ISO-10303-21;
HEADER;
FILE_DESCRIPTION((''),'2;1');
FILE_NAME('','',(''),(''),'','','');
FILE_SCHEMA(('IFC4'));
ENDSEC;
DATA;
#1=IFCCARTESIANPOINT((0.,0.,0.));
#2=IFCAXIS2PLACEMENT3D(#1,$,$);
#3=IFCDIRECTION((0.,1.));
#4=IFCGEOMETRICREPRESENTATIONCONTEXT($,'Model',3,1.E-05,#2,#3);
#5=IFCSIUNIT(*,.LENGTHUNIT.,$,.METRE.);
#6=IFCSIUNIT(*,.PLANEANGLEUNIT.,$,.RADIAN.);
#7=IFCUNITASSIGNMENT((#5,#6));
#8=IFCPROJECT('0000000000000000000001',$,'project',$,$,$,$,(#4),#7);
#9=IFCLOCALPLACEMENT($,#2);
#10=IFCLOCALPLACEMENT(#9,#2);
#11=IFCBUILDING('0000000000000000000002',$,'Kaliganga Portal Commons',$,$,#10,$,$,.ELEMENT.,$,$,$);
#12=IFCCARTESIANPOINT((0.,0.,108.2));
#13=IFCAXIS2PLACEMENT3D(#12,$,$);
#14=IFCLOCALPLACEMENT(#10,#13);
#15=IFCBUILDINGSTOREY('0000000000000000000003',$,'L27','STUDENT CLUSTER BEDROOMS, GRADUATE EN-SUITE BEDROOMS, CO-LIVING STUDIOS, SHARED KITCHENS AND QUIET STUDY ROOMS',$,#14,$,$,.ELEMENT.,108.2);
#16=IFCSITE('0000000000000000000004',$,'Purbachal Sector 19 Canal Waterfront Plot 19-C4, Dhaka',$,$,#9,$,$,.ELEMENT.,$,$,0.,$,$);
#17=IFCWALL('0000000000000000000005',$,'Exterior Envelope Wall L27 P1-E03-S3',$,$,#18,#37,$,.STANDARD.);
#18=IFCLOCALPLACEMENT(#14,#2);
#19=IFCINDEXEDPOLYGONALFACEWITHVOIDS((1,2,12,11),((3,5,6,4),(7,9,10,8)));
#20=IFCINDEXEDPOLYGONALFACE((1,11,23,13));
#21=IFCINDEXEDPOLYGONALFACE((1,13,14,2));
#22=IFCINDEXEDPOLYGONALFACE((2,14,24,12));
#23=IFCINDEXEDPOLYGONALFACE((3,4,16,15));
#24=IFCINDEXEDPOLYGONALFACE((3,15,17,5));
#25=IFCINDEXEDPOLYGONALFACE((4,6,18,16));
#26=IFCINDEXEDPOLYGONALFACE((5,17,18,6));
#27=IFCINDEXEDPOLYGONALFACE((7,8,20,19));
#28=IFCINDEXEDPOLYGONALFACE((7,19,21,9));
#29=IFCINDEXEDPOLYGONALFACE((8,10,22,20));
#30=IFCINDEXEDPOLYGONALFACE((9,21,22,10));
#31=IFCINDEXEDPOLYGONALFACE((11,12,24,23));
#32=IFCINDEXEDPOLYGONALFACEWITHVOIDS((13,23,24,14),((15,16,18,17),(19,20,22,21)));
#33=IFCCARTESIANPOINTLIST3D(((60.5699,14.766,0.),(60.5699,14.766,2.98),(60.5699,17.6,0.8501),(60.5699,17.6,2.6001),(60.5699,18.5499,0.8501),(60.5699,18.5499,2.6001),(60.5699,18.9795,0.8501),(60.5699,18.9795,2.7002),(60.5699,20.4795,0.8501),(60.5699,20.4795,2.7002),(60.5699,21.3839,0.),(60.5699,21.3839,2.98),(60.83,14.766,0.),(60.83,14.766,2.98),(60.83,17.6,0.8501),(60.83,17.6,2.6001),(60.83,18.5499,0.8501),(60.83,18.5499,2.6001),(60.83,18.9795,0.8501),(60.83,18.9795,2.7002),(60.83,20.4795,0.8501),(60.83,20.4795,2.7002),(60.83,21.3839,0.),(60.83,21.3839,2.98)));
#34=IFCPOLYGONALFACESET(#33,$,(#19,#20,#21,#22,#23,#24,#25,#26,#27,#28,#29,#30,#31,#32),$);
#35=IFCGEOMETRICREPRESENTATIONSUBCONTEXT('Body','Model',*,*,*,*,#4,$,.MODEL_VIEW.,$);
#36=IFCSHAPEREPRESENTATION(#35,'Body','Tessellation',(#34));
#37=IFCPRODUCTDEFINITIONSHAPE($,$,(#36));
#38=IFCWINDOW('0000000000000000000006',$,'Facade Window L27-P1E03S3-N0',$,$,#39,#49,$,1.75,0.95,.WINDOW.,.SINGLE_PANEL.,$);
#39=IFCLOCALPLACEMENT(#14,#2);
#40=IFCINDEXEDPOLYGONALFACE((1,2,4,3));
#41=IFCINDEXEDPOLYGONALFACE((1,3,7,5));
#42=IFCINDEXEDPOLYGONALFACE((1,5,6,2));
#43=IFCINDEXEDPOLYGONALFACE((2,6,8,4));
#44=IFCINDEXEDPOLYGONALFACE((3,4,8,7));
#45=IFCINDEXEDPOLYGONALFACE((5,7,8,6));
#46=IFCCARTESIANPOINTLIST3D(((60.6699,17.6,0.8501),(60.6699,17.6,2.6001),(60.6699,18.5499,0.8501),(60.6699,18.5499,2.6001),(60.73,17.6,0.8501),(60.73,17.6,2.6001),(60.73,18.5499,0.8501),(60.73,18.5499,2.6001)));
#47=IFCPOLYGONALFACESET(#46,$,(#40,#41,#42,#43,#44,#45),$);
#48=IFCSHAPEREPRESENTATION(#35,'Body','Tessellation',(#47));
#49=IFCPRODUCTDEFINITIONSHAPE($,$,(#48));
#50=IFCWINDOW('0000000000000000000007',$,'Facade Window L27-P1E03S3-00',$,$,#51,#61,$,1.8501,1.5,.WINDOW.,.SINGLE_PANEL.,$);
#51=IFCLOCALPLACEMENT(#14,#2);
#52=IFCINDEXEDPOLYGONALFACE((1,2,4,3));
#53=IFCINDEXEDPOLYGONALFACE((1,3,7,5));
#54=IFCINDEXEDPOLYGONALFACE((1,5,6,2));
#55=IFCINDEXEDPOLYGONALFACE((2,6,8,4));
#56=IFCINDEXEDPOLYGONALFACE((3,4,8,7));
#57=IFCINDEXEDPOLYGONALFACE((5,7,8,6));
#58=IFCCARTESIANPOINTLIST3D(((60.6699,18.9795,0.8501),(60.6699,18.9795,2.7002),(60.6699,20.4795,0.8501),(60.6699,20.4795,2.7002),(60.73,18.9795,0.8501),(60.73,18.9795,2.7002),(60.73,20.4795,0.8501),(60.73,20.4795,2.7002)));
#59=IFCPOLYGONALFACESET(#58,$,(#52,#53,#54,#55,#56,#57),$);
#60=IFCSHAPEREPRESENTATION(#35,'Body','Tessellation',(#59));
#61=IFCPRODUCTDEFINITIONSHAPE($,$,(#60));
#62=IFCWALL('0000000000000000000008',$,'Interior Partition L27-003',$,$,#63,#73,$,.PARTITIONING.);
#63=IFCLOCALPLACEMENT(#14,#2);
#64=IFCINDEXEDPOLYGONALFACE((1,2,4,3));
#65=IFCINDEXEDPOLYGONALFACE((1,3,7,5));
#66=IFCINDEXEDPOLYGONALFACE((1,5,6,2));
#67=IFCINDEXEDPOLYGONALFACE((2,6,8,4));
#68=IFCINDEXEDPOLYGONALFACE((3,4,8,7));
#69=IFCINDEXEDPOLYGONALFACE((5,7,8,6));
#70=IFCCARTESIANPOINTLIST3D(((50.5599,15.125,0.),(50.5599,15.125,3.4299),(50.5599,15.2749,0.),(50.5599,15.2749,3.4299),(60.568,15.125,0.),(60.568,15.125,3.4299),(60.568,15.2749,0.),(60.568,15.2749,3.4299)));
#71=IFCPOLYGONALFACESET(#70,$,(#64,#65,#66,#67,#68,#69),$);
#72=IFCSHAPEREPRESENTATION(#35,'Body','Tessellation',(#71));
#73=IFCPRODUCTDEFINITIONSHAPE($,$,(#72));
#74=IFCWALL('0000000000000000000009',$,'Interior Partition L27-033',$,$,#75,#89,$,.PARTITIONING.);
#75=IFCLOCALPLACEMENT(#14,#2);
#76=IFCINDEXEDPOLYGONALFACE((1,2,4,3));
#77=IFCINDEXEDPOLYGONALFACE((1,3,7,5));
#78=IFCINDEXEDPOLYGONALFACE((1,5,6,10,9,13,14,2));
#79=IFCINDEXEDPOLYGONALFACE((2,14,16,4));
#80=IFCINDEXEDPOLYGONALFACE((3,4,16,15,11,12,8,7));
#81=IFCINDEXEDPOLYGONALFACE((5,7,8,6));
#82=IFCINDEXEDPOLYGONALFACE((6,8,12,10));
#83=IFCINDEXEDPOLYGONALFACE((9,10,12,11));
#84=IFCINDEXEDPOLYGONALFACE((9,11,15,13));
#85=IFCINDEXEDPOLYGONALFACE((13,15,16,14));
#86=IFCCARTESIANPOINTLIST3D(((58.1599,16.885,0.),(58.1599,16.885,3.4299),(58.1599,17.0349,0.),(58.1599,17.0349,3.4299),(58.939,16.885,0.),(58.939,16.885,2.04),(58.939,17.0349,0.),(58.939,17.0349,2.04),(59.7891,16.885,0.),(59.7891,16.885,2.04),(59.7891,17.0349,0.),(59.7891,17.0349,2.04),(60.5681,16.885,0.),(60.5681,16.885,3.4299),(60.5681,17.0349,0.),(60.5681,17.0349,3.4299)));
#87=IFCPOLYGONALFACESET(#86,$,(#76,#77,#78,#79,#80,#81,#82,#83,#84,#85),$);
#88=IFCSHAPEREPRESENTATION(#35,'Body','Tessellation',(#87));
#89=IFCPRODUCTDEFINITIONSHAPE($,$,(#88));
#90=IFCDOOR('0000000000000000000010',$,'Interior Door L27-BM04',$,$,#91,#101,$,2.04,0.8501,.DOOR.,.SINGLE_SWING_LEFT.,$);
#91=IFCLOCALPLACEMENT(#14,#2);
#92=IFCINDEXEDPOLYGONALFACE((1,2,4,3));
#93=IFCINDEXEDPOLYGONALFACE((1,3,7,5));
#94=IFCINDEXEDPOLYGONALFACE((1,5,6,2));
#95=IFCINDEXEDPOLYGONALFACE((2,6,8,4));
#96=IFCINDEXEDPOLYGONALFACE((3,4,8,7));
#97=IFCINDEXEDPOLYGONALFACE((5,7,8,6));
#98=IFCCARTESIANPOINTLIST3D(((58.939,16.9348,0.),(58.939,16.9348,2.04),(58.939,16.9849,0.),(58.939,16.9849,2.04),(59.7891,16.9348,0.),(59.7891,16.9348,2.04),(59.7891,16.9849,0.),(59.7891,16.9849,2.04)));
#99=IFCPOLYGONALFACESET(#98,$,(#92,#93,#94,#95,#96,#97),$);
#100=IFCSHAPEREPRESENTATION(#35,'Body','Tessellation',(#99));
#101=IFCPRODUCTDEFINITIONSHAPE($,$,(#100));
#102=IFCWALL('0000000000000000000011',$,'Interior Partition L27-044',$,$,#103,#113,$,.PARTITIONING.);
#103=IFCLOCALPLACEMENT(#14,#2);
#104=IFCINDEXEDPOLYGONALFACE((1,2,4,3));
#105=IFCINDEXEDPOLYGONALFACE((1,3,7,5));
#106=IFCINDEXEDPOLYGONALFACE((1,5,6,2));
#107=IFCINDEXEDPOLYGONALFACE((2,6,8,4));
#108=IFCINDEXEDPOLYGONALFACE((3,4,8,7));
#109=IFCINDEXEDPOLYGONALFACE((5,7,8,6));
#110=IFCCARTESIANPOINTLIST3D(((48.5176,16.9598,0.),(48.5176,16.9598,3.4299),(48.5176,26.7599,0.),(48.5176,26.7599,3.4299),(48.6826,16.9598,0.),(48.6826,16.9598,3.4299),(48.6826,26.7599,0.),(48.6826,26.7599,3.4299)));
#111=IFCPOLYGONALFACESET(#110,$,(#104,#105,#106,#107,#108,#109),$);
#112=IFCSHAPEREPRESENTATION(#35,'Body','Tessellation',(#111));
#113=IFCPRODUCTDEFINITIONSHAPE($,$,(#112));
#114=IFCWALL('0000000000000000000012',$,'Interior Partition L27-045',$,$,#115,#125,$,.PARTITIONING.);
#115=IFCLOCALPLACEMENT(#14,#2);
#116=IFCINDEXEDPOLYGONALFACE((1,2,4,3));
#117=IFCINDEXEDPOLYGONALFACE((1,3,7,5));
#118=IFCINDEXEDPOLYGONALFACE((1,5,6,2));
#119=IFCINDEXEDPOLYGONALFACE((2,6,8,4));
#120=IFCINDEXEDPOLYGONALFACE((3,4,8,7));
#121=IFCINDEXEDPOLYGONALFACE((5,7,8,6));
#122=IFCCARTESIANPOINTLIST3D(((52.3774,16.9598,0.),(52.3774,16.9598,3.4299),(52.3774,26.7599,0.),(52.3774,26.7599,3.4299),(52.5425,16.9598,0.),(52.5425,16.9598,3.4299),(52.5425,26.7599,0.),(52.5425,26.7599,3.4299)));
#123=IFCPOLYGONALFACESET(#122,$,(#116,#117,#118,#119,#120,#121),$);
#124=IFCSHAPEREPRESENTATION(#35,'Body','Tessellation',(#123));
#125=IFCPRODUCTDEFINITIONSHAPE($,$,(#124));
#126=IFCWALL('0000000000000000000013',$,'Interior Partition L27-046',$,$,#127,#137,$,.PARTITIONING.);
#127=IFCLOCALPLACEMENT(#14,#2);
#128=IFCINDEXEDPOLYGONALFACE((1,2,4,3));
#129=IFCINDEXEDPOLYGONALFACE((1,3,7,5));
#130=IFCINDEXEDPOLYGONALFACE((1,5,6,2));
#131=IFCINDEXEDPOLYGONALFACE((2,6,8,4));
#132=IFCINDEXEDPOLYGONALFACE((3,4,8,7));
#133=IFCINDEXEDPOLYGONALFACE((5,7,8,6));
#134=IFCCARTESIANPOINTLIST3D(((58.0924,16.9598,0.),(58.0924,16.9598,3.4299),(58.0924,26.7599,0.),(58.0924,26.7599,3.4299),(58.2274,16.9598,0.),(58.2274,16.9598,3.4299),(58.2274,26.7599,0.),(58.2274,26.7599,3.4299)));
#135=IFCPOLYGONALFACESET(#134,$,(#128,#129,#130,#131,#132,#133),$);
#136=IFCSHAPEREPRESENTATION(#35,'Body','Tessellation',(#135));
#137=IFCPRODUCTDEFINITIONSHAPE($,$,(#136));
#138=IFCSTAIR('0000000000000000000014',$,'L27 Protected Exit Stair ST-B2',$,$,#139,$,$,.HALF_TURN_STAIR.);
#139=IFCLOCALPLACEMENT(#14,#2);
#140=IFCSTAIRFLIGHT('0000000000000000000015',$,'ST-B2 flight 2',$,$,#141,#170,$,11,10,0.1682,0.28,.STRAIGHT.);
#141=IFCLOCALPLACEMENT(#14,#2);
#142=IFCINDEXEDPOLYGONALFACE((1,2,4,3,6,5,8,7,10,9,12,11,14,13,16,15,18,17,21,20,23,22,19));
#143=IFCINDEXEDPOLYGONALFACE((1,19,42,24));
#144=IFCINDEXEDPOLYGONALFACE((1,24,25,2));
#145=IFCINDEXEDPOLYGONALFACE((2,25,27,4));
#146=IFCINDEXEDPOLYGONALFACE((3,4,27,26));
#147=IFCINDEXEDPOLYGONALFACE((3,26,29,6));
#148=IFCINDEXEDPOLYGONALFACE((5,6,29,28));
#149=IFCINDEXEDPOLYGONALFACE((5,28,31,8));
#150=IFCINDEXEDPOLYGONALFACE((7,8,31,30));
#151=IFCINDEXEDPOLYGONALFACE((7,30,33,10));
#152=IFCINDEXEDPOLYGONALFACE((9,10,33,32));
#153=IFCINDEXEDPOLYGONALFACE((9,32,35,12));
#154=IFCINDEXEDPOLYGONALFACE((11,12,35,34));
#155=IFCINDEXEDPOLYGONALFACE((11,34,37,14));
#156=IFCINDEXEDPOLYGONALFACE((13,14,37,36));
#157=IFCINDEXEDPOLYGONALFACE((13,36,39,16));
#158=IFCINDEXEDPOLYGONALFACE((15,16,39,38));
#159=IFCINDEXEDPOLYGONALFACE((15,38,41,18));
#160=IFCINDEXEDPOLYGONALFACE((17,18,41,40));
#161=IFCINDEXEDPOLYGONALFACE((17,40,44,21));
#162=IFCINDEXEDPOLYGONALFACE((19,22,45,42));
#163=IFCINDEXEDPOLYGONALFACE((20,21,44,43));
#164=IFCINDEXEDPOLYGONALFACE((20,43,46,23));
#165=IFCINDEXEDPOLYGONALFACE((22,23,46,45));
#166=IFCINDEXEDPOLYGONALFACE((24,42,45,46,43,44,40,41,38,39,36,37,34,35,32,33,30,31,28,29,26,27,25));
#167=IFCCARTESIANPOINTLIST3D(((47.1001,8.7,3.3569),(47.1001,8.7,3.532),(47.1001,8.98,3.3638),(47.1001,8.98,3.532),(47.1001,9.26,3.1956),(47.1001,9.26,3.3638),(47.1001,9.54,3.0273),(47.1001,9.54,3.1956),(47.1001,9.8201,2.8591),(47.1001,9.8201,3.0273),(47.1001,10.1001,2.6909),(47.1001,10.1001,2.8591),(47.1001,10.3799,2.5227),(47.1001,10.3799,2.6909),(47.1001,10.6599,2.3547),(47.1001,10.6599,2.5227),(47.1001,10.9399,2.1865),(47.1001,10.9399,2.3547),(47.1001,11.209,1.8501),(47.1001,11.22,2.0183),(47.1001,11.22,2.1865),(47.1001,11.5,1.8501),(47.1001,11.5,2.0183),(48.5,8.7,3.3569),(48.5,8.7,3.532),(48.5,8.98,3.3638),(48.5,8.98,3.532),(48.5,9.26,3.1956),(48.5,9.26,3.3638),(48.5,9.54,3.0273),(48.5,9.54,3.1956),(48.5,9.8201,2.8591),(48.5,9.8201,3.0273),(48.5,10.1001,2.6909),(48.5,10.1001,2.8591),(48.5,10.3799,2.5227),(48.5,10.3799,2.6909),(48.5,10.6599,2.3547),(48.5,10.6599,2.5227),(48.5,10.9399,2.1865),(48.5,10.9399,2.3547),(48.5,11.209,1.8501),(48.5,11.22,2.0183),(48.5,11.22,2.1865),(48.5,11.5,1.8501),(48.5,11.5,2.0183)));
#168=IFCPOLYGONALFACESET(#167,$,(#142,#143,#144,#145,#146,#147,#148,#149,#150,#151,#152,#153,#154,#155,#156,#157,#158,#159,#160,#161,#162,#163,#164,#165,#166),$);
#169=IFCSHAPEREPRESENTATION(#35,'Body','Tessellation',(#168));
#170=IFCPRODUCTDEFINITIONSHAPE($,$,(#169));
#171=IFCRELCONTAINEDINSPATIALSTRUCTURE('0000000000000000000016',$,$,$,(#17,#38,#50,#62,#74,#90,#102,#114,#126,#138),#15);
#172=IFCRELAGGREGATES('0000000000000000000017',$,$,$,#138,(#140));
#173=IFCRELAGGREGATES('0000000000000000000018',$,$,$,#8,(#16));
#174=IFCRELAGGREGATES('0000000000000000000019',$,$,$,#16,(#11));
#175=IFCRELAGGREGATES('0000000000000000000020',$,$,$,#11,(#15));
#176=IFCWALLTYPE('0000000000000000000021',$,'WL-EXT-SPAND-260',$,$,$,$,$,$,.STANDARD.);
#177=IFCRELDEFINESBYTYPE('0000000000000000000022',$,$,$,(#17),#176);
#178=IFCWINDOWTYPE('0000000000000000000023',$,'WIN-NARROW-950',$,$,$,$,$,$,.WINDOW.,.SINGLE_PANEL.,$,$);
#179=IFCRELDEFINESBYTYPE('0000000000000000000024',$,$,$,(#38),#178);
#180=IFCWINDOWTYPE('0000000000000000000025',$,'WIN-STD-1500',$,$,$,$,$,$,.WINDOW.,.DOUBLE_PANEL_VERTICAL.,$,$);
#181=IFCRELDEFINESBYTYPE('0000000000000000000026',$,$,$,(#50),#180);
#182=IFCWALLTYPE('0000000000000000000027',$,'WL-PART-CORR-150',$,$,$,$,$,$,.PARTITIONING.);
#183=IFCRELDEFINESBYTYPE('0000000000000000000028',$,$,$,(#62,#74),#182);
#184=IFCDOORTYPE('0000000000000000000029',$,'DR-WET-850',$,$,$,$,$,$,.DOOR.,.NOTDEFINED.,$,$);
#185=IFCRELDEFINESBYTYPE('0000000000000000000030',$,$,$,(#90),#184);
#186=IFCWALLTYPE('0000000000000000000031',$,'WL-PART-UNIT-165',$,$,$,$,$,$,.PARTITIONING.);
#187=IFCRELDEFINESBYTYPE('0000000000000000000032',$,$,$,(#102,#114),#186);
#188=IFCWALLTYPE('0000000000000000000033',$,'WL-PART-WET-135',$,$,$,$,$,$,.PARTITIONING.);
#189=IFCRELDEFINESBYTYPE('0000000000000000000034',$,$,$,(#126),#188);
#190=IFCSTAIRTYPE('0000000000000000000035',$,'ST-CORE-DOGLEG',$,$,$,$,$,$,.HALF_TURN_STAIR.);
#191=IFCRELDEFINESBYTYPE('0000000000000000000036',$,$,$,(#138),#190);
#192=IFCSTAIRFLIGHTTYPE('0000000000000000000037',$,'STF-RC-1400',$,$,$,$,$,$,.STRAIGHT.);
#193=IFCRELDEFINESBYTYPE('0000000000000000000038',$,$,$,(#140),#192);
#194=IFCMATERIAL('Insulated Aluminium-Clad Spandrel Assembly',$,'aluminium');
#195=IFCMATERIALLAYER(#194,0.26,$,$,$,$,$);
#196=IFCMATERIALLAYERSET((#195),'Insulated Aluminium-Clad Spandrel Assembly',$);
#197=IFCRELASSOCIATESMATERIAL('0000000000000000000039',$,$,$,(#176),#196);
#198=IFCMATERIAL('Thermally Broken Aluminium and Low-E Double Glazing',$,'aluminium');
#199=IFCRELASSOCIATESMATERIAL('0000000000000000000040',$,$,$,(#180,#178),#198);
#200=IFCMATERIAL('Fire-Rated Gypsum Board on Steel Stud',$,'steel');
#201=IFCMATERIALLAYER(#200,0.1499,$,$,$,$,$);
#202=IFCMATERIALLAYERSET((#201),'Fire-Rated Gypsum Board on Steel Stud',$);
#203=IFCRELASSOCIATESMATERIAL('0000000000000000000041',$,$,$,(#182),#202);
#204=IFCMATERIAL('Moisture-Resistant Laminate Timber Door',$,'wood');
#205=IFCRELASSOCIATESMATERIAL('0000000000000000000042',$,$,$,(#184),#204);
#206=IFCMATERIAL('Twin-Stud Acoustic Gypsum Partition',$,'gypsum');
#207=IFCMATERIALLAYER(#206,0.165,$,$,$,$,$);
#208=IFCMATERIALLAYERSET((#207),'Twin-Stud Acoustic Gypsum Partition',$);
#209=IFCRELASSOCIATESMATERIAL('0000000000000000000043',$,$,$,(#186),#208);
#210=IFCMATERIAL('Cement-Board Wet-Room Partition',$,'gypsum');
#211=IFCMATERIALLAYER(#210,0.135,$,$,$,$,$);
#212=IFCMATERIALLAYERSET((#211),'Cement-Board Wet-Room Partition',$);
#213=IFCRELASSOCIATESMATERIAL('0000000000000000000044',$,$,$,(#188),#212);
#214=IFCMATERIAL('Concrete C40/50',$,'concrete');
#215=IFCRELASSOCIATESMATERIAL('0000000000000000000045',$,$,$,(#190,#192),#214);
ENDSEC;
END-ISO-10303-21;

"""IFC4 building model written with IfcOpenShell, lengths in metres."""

from ifc_helpers import new_model, si_unit, direction, frame, frame_2d, origin, place, context, subcontext, project, spatial, polyline, rectangle, outline, extrude, material, layer, layer_set, type_object, element, fill, aggregate, save


model = new_model("IFC4")

# Units and contexts
model_context = context("Model", 3, precision=1e-05, world=origin(), true_north=direction((0.0, 1.0)))
body_context = subcontext(model_context, "Body", "Model", "MODEL_VIEW")
ifc_project = project(units=[si_unit("LENGTHUNIT", "METRE"), si_unit("PLANEANGLEUNIT", "RADIAN")], contexts=[model_context])

# Site, building, storey
site_placement = place(None, origin())
site = spatial("IfcSite", under=ifc_project, at=site_placement, Name="Purbachal Sector 19 Canal Waterfront Plot 19-C4, Dhaka", CompositionType="ELEMENT", RefElevation=0.0)
building_placement = place(site_placement, origin())
building = spatial("IfcBuilding", under=site, at=building_placement, Name="Kaliganga Portal Commons", CompositionType="ELEMENT")
storey_placement = place(building_placement, frame((0.0, 0.0, 108.2)))
storey = spatial("IfcBuildingStorey", under=building, at=storey_placement, Name="L27", Description="STUDENT CLUSTER BEDROOMS, GRADUATE EN-SUITE BEDROOMS, CO-LIVING STUDIOS, SHARED KITCHENS AND QUIET STUDY ROOMS", CompositionType="ELEMENT", Elevation=108.2)

# Shared definitions
ifc_material_1 = material(Name="Insulated Aluminium-Clad Spandrel Assembly", Category="aluminium")
ifc_layer_1 = layer(ifc_material_1, 0.26)
ifc_layer_set_1 = layer_set([ifc_layer_1], Name="Insulated Aluminium-Clad Spandrel Assembly")
wall_type_1 = type_object("IfcWallType", Name="WL-EXT-SPAND-260", PredefinedType="STANDARD", material=ifc_layer_set_1)
ifc_material_2 = material(Name="Thermally Broken Aluminium and Low-E Double Glazing", Category="aluminium")
window_type_1 = type_object("IfcWindowType", Name="WIN-STD-1500", PartitioningType="DOUBLE_PANEL_VERTICAL", PredefinedType="WINDOW", material=ifc_material_2)

# Wall, openings, windows
wall_1_placement = place(storey_placement, frame((60.7, 21.384, 0.0), z_axis=(0.0, 0.0, 1.0), x_axis=(0.0, -1.0, 0.0)))
wall_1 = element("IfcWall", 1, at=wall_1_placement, inside=storey, type_object=wall_type_1, Name="Exterior Envelope Wall L27 P1-E03-S3", PredefinedType="STANDARD", context=body_context, shape_type="SweptSolid", body=[
    extrude(rectangle(XDim=6.6179, YDim=0.26, at=frame_2d((3.3091, 0.0))), origin(), (0.0, 0.0, 1.0), 2.98),
])
opening_1_placement = place(wall_1_placement, frame((0.9045, 0.0, 0.8501)))
opening_1 = element("IfcOpeningElement", 2, at=opening_1_placement, cuts=wall_1, PredefinedType="OPENING", context=body_context, shape_type="SweptSolid", body=[
    extrude(rectangle(XDim=1.5, YDim=1.8501, at=frame_2d((0.75, 0.925))), frame((0.0, 0.1401, 0.0), z_axis=(0.0, -1.0, 0.0), x_axis=(1.0, 0.0, 0.0)), (0.0, 0.0, 1.0), 0.28),
])
opening_2_placement = place(wall_1_placement, frame((2.834, 0.0, 0.8501)))
opening_2 = element("IfcOpeningElement", 3, at=opening_2_placement, cuts=wall_1, PredefinedType="OPENING", context=body_context, shape_type="SweptSolid", body=[
    extrude(rectangle(XDim=0.95, YDim=1.75, at=frame_2d((0.4751, 0.875))), frame((0.0, 0.1401, 0.0), z_axis=(0.0, -1.0, 0.0), x_axis=(1.0, 0.0, 0.0)), (0.0, 0.0, 1.0), 0.28),
])
window_type_2 = type_object("IfcWindowType", Name="WIN-NARROW-950", PartitioningType="SINGLE_PANEL", PredefinedType="WINDOW", material=ifc_material_2)
window_1_placement = place(opening_2_placement, origin())
window_1 = element("IfcWindow", 4, at=window_1_placement, inside=storey, type_object=window_type_2, Name="Facade Window L27-P1E03S3-N0", OverallHeight=1.75, OverallWidth=0.95, PartitioningType="SINGLE_PANEL", PredefinedType="WINDOW", context=body_context, shape_type="SweptSolid", body=[
    extrude(rectangle(XDim=0.95, YDim=1.75, at=frame_2d((0.4751, 0.875))), frame((0.0, 0.03, 0.0), z_axis=(0.0, -1.0, 0.0), x_axis=(1.0, 0.0, 0.0)), (0.0, 0.0, 1.0), 0.0601),
])
fill(opening_2, window_1)
window_2_placement = place(opening_1_placement, origin())
window_2 = element("IfcWindow", 5, at=window_2_placement, inside=storey, type_object=window_type_1, Name="Facade Window L27-P1E03S3-00", OverallHeight=1.8501, OverallWidth=1.5, PartitioningType="SINGLE_PANEL", PredefinedType="WINDOW", context=body_context, shape_type="SweptSolid", body=[
    extrude(rectangle(XDim=1.5, YDim=1.8501, at=frame_2d((0.75, 0.925))), frame((0.0, 0.03, 0.0), z_axis=(0.0, -1.0, 0.0), x_axis=(1.0, 0.0, 0.0)), (0.0, 0.0, 1.0), 0.0601),
])
fill(opening_1, window_2)

# Wall
ifc_material_3 = material(Name="Fire-Rated Gypsum Board on Steel Stud", Category="steel")
ifc_layer_2 = layer(ifc_material_3, 0.1499)
ifc_layer_set_2 = layer_set([ifc_layer_2], Name="Fire-Rated Gypsum Board on Steel Stud")
wall_type_2 = type_object("IfcWallType", Name="WL-PART-CORR-150", PredefinedType="PARTITIONING", material=ifc_layer_set_2)
wall_2_placement = place(storey_placement, frame((50.5601, 15.2, 0.0), z_axis=(0.0, 0.0, 1.0), x_axis=(1.0, 0.0, 0.0)))
element("IfcWall", 6, at=wall_2_placement, inside=storey, type_object=wall_type_2, Name="Interior Partition L27-003", PredefinedType="PARTITIONING", context=body_context, shape_type="SweptSolid", body=[
    extrude(rectangle(XDim=10.0081, YDim=0.1499, at=frame_2d((5.0039, 0.0))), origin(), (0.0, 0.0, 1.0), 3.4299),
])

# Wall, opening, door
wall_3_placement = place(storey_placement, frame((58.1599, 16.96, 0.0), z_axis=(0.0, 0.0, 1.0), x_axis=(1.0, 0.0, 0.0)))
wall_3 = element("IfcWall", 7, at=wall_3_placement, inside=storey, type_object=wall_type_2, Name="Interior Partition L27-033", PredefinedType="PARTITIONING", context=body_context, shape_type="SweptSolid", body=[
    extrude(rectangle(XDim=2.4082, YDim=0.1499, at=frame_2d((1.2041, 0.0))), origin(), (0.0, 0.0, 1.0), 3.4299),
])
opening_3_placement = place(wall_3_placement, frame((0.7791, 0.0, 0.0)))
opening_3 = element("IfcOpeningElement", 8, at=opening_3_placement, cuts=wall_3, PredefinedType="OPENING", context=body_context, shape_type="SweptSolid", body=[
    extrude(rectangle(XDim=0.8501, YDim=2.04, at=frame_2d((0.425, 1.02))), frame((0.0, 0.085, 0.0), z_axis=(0.0, -1.0, 0.0), x_axis=(1.0, 0.0, 0.0)), (0.0, 0.0, 1.0), 0.1699),
])
ifc_material_4 = material(Name="Moisture-Resistant Laminate Timber Door", Category="wood")
door_type_1 = type_object("IfcDoorType", Name="DR-WET-850", OperationType="NOTDEFINED", PredefinedType="DOOR", material=ifc_material_4)
door_1_placement = place(opening_3_placement, origin())
door_1 = element("IfcDoor", 9, at=door_1_placement, inside=storey, type_object=door_type_1, Name="Interior Door L27-BM04", OperationType="SINGLE_SWING_LEFT", OverallHeight=2.04, OverallWidth=0.8501, PredefinedType="DOOR", context=body_context, shape_type="SweptSolid", body=[
    extrude(rectangle(XDim=0.8501, YDim=2.04, at=frame_2d((0.425, 1.02))), frame((0.0, 0.0249, 0.0), z_axis=(0.0, -1.0, 0.0), x_axis=(1.0, 0.0, 0.0)), (0.0, 0.0, 1.0), 0.05),
])
fill(opening_3, door_1)

# Walls
ifc_material_5 = material(Name="Twin-Stud Acoustic Gypsum Partition", Category="gypsum")
ifc_layer_3 = layer(ifc_material_5, 0.165)
ifc_layer_set_3 = layer_set([ifc_layer_3], Name="Twin-Stud Acoustic Gypsum Partition")
wall_type_3 = type_object("IfcWallType", Name="WL-PART-UNIT-165", PredefinedType="PARTITIONING", material=ifc_layer_set_3)
for number, where, z_axis, x_axis, name in (
    (10, (48.6001, 16.96, 0.0), (0.0, 0.0, 1.0), (0.0, 1.0, 0.0), "Interior Partition L27-044"),
    (11, (52.46, 16.96, 0.0), (0.0, 0.0, 1.0), (0.0, 1.0, 0.0), "Interior Partition L27-045"),
):
    element("IfcWall", number, at=place(storey_placement, frame(where, z_axis=z_axis, x_axis=x_axis)), inside=storey, type_object=wall_type_3, Name=name, PredefinedType="PARTITIONING", context=body_context, shape_type="SweptSolid", body=[
        extrude(rectangle(XDim=9.8, YDim=0.165, at=frame_2d((4.8999, 0.0))), origin(), (0.0, 0.0, 1.0), 3.4299),
    ])
ifc_material_6 = material(Name="Cement-Board Wet-Room Partition", Category="gypsum")
ifc_layer_4 = layer(ifc_material_6, 0.135)
ifc_layer_set_4 = layer_set([ifc_layer_4], Name="Cement-Board Wet-Room Partition")
wall_type_4 = type_object("IfcWallType", Name="WL-PART-WET-135", PredefinedType="PARTITIONING", material=ifc_layer_set_4)
wall_4_placement = place(storey_placement, frame((58.1599, 16.96, 0.0), z_axis=(0.0, 0.0, 1.0), x_axis=(0.0, 1.0, 0.0)))
element("IfcWall", 12, at=wall_4_placement, inside=storey, type_object=wall_type_4, Name="Interior Partition L27-046", PredefinedType="PARTITIONING", context=body_context, shape_type="SweptSolid", body=[
    extrude(rectangle(XDim=9.8, YDim=0.135, at=frame_2d((4.8999, 0.0))), origin(), (0.0, 0.0, 1.0), 3.4299),
])

# Stair, stair flight
ifc_material_7 = material(Name="Concrete C40/50", Category="concrete")
stair_type = type_object("IfcStairType", Name="ST-CORE-DOGLEG", PredefinedType="HALF_TURN_STAIR", material=ifc_material_7)
stair_placement = place(storey_placement, origin())
stair = element("IfcStair", 13, at=stair_placement, inside=storey, type_object=stair_type, Name="L27 Protected Exit Stair ST-B2", PredefinedType="HALF_TURN_STAIR")
stair_flight_type = type_object("IfcStairFlightType", Name="STF-RC-1400", PredefinedType="STRAIGHT", material=ifc_material_7)
stair_flight_placement = place(storey_placement, frame((47.8, 11.5, 1.8501), z_axis=(0.0, 0.0, 1.0), x_axis=(0.0, -1.0, 0.0)))
stair_flight = element("IfcStairFlight", 14, at=stair_flight_placement, type_object=stair_flight_type, Name="ST-B2 flight 2", NumberOfRisers=11, NumberOfTreads=10, PredefinedType="STRAIGHT", RiserHeight=0.1682, TreadLength=0.28, context=body_context, shape_type="SweptSolid", body=[
    extrude(outline(polyline([(0.0, 0.0), (0.0, 0.1682), (0.28, 0.1682), (0.28, 0.3364), (0.5601, 0.3364), (0.5601, 0.5046), (0.8401, 0.5046), (0.8401, 0.6726), (1.1201, 0.6726), (1.1201, 0.8408), (1.3999, 0.8408), (1.3999, 1.009), (1.6799, 1.009), (1.6799, 1.1772), (1.96, 1.1772), (1.96, 1.3455), (2.24, 1.3455), (2.24, 1.5137), (2.52, 1.5137), (2.52, 1.6819), (2.8, 1.6819), (2.8, 1.8501), (2.8, 1.5068), (0.291, 0.0), (0.0, 0.0)])), frame((0.0, 0.7, 0.0), z_axis=(0.0, -1.0, 0.0), x_axis=(1.0, 0.0, 0.0)), (0.0, 0.0, 1.0), 1.3999),
])
aggregate(stair, [stair_flight])

save(model, "model.ifc")
